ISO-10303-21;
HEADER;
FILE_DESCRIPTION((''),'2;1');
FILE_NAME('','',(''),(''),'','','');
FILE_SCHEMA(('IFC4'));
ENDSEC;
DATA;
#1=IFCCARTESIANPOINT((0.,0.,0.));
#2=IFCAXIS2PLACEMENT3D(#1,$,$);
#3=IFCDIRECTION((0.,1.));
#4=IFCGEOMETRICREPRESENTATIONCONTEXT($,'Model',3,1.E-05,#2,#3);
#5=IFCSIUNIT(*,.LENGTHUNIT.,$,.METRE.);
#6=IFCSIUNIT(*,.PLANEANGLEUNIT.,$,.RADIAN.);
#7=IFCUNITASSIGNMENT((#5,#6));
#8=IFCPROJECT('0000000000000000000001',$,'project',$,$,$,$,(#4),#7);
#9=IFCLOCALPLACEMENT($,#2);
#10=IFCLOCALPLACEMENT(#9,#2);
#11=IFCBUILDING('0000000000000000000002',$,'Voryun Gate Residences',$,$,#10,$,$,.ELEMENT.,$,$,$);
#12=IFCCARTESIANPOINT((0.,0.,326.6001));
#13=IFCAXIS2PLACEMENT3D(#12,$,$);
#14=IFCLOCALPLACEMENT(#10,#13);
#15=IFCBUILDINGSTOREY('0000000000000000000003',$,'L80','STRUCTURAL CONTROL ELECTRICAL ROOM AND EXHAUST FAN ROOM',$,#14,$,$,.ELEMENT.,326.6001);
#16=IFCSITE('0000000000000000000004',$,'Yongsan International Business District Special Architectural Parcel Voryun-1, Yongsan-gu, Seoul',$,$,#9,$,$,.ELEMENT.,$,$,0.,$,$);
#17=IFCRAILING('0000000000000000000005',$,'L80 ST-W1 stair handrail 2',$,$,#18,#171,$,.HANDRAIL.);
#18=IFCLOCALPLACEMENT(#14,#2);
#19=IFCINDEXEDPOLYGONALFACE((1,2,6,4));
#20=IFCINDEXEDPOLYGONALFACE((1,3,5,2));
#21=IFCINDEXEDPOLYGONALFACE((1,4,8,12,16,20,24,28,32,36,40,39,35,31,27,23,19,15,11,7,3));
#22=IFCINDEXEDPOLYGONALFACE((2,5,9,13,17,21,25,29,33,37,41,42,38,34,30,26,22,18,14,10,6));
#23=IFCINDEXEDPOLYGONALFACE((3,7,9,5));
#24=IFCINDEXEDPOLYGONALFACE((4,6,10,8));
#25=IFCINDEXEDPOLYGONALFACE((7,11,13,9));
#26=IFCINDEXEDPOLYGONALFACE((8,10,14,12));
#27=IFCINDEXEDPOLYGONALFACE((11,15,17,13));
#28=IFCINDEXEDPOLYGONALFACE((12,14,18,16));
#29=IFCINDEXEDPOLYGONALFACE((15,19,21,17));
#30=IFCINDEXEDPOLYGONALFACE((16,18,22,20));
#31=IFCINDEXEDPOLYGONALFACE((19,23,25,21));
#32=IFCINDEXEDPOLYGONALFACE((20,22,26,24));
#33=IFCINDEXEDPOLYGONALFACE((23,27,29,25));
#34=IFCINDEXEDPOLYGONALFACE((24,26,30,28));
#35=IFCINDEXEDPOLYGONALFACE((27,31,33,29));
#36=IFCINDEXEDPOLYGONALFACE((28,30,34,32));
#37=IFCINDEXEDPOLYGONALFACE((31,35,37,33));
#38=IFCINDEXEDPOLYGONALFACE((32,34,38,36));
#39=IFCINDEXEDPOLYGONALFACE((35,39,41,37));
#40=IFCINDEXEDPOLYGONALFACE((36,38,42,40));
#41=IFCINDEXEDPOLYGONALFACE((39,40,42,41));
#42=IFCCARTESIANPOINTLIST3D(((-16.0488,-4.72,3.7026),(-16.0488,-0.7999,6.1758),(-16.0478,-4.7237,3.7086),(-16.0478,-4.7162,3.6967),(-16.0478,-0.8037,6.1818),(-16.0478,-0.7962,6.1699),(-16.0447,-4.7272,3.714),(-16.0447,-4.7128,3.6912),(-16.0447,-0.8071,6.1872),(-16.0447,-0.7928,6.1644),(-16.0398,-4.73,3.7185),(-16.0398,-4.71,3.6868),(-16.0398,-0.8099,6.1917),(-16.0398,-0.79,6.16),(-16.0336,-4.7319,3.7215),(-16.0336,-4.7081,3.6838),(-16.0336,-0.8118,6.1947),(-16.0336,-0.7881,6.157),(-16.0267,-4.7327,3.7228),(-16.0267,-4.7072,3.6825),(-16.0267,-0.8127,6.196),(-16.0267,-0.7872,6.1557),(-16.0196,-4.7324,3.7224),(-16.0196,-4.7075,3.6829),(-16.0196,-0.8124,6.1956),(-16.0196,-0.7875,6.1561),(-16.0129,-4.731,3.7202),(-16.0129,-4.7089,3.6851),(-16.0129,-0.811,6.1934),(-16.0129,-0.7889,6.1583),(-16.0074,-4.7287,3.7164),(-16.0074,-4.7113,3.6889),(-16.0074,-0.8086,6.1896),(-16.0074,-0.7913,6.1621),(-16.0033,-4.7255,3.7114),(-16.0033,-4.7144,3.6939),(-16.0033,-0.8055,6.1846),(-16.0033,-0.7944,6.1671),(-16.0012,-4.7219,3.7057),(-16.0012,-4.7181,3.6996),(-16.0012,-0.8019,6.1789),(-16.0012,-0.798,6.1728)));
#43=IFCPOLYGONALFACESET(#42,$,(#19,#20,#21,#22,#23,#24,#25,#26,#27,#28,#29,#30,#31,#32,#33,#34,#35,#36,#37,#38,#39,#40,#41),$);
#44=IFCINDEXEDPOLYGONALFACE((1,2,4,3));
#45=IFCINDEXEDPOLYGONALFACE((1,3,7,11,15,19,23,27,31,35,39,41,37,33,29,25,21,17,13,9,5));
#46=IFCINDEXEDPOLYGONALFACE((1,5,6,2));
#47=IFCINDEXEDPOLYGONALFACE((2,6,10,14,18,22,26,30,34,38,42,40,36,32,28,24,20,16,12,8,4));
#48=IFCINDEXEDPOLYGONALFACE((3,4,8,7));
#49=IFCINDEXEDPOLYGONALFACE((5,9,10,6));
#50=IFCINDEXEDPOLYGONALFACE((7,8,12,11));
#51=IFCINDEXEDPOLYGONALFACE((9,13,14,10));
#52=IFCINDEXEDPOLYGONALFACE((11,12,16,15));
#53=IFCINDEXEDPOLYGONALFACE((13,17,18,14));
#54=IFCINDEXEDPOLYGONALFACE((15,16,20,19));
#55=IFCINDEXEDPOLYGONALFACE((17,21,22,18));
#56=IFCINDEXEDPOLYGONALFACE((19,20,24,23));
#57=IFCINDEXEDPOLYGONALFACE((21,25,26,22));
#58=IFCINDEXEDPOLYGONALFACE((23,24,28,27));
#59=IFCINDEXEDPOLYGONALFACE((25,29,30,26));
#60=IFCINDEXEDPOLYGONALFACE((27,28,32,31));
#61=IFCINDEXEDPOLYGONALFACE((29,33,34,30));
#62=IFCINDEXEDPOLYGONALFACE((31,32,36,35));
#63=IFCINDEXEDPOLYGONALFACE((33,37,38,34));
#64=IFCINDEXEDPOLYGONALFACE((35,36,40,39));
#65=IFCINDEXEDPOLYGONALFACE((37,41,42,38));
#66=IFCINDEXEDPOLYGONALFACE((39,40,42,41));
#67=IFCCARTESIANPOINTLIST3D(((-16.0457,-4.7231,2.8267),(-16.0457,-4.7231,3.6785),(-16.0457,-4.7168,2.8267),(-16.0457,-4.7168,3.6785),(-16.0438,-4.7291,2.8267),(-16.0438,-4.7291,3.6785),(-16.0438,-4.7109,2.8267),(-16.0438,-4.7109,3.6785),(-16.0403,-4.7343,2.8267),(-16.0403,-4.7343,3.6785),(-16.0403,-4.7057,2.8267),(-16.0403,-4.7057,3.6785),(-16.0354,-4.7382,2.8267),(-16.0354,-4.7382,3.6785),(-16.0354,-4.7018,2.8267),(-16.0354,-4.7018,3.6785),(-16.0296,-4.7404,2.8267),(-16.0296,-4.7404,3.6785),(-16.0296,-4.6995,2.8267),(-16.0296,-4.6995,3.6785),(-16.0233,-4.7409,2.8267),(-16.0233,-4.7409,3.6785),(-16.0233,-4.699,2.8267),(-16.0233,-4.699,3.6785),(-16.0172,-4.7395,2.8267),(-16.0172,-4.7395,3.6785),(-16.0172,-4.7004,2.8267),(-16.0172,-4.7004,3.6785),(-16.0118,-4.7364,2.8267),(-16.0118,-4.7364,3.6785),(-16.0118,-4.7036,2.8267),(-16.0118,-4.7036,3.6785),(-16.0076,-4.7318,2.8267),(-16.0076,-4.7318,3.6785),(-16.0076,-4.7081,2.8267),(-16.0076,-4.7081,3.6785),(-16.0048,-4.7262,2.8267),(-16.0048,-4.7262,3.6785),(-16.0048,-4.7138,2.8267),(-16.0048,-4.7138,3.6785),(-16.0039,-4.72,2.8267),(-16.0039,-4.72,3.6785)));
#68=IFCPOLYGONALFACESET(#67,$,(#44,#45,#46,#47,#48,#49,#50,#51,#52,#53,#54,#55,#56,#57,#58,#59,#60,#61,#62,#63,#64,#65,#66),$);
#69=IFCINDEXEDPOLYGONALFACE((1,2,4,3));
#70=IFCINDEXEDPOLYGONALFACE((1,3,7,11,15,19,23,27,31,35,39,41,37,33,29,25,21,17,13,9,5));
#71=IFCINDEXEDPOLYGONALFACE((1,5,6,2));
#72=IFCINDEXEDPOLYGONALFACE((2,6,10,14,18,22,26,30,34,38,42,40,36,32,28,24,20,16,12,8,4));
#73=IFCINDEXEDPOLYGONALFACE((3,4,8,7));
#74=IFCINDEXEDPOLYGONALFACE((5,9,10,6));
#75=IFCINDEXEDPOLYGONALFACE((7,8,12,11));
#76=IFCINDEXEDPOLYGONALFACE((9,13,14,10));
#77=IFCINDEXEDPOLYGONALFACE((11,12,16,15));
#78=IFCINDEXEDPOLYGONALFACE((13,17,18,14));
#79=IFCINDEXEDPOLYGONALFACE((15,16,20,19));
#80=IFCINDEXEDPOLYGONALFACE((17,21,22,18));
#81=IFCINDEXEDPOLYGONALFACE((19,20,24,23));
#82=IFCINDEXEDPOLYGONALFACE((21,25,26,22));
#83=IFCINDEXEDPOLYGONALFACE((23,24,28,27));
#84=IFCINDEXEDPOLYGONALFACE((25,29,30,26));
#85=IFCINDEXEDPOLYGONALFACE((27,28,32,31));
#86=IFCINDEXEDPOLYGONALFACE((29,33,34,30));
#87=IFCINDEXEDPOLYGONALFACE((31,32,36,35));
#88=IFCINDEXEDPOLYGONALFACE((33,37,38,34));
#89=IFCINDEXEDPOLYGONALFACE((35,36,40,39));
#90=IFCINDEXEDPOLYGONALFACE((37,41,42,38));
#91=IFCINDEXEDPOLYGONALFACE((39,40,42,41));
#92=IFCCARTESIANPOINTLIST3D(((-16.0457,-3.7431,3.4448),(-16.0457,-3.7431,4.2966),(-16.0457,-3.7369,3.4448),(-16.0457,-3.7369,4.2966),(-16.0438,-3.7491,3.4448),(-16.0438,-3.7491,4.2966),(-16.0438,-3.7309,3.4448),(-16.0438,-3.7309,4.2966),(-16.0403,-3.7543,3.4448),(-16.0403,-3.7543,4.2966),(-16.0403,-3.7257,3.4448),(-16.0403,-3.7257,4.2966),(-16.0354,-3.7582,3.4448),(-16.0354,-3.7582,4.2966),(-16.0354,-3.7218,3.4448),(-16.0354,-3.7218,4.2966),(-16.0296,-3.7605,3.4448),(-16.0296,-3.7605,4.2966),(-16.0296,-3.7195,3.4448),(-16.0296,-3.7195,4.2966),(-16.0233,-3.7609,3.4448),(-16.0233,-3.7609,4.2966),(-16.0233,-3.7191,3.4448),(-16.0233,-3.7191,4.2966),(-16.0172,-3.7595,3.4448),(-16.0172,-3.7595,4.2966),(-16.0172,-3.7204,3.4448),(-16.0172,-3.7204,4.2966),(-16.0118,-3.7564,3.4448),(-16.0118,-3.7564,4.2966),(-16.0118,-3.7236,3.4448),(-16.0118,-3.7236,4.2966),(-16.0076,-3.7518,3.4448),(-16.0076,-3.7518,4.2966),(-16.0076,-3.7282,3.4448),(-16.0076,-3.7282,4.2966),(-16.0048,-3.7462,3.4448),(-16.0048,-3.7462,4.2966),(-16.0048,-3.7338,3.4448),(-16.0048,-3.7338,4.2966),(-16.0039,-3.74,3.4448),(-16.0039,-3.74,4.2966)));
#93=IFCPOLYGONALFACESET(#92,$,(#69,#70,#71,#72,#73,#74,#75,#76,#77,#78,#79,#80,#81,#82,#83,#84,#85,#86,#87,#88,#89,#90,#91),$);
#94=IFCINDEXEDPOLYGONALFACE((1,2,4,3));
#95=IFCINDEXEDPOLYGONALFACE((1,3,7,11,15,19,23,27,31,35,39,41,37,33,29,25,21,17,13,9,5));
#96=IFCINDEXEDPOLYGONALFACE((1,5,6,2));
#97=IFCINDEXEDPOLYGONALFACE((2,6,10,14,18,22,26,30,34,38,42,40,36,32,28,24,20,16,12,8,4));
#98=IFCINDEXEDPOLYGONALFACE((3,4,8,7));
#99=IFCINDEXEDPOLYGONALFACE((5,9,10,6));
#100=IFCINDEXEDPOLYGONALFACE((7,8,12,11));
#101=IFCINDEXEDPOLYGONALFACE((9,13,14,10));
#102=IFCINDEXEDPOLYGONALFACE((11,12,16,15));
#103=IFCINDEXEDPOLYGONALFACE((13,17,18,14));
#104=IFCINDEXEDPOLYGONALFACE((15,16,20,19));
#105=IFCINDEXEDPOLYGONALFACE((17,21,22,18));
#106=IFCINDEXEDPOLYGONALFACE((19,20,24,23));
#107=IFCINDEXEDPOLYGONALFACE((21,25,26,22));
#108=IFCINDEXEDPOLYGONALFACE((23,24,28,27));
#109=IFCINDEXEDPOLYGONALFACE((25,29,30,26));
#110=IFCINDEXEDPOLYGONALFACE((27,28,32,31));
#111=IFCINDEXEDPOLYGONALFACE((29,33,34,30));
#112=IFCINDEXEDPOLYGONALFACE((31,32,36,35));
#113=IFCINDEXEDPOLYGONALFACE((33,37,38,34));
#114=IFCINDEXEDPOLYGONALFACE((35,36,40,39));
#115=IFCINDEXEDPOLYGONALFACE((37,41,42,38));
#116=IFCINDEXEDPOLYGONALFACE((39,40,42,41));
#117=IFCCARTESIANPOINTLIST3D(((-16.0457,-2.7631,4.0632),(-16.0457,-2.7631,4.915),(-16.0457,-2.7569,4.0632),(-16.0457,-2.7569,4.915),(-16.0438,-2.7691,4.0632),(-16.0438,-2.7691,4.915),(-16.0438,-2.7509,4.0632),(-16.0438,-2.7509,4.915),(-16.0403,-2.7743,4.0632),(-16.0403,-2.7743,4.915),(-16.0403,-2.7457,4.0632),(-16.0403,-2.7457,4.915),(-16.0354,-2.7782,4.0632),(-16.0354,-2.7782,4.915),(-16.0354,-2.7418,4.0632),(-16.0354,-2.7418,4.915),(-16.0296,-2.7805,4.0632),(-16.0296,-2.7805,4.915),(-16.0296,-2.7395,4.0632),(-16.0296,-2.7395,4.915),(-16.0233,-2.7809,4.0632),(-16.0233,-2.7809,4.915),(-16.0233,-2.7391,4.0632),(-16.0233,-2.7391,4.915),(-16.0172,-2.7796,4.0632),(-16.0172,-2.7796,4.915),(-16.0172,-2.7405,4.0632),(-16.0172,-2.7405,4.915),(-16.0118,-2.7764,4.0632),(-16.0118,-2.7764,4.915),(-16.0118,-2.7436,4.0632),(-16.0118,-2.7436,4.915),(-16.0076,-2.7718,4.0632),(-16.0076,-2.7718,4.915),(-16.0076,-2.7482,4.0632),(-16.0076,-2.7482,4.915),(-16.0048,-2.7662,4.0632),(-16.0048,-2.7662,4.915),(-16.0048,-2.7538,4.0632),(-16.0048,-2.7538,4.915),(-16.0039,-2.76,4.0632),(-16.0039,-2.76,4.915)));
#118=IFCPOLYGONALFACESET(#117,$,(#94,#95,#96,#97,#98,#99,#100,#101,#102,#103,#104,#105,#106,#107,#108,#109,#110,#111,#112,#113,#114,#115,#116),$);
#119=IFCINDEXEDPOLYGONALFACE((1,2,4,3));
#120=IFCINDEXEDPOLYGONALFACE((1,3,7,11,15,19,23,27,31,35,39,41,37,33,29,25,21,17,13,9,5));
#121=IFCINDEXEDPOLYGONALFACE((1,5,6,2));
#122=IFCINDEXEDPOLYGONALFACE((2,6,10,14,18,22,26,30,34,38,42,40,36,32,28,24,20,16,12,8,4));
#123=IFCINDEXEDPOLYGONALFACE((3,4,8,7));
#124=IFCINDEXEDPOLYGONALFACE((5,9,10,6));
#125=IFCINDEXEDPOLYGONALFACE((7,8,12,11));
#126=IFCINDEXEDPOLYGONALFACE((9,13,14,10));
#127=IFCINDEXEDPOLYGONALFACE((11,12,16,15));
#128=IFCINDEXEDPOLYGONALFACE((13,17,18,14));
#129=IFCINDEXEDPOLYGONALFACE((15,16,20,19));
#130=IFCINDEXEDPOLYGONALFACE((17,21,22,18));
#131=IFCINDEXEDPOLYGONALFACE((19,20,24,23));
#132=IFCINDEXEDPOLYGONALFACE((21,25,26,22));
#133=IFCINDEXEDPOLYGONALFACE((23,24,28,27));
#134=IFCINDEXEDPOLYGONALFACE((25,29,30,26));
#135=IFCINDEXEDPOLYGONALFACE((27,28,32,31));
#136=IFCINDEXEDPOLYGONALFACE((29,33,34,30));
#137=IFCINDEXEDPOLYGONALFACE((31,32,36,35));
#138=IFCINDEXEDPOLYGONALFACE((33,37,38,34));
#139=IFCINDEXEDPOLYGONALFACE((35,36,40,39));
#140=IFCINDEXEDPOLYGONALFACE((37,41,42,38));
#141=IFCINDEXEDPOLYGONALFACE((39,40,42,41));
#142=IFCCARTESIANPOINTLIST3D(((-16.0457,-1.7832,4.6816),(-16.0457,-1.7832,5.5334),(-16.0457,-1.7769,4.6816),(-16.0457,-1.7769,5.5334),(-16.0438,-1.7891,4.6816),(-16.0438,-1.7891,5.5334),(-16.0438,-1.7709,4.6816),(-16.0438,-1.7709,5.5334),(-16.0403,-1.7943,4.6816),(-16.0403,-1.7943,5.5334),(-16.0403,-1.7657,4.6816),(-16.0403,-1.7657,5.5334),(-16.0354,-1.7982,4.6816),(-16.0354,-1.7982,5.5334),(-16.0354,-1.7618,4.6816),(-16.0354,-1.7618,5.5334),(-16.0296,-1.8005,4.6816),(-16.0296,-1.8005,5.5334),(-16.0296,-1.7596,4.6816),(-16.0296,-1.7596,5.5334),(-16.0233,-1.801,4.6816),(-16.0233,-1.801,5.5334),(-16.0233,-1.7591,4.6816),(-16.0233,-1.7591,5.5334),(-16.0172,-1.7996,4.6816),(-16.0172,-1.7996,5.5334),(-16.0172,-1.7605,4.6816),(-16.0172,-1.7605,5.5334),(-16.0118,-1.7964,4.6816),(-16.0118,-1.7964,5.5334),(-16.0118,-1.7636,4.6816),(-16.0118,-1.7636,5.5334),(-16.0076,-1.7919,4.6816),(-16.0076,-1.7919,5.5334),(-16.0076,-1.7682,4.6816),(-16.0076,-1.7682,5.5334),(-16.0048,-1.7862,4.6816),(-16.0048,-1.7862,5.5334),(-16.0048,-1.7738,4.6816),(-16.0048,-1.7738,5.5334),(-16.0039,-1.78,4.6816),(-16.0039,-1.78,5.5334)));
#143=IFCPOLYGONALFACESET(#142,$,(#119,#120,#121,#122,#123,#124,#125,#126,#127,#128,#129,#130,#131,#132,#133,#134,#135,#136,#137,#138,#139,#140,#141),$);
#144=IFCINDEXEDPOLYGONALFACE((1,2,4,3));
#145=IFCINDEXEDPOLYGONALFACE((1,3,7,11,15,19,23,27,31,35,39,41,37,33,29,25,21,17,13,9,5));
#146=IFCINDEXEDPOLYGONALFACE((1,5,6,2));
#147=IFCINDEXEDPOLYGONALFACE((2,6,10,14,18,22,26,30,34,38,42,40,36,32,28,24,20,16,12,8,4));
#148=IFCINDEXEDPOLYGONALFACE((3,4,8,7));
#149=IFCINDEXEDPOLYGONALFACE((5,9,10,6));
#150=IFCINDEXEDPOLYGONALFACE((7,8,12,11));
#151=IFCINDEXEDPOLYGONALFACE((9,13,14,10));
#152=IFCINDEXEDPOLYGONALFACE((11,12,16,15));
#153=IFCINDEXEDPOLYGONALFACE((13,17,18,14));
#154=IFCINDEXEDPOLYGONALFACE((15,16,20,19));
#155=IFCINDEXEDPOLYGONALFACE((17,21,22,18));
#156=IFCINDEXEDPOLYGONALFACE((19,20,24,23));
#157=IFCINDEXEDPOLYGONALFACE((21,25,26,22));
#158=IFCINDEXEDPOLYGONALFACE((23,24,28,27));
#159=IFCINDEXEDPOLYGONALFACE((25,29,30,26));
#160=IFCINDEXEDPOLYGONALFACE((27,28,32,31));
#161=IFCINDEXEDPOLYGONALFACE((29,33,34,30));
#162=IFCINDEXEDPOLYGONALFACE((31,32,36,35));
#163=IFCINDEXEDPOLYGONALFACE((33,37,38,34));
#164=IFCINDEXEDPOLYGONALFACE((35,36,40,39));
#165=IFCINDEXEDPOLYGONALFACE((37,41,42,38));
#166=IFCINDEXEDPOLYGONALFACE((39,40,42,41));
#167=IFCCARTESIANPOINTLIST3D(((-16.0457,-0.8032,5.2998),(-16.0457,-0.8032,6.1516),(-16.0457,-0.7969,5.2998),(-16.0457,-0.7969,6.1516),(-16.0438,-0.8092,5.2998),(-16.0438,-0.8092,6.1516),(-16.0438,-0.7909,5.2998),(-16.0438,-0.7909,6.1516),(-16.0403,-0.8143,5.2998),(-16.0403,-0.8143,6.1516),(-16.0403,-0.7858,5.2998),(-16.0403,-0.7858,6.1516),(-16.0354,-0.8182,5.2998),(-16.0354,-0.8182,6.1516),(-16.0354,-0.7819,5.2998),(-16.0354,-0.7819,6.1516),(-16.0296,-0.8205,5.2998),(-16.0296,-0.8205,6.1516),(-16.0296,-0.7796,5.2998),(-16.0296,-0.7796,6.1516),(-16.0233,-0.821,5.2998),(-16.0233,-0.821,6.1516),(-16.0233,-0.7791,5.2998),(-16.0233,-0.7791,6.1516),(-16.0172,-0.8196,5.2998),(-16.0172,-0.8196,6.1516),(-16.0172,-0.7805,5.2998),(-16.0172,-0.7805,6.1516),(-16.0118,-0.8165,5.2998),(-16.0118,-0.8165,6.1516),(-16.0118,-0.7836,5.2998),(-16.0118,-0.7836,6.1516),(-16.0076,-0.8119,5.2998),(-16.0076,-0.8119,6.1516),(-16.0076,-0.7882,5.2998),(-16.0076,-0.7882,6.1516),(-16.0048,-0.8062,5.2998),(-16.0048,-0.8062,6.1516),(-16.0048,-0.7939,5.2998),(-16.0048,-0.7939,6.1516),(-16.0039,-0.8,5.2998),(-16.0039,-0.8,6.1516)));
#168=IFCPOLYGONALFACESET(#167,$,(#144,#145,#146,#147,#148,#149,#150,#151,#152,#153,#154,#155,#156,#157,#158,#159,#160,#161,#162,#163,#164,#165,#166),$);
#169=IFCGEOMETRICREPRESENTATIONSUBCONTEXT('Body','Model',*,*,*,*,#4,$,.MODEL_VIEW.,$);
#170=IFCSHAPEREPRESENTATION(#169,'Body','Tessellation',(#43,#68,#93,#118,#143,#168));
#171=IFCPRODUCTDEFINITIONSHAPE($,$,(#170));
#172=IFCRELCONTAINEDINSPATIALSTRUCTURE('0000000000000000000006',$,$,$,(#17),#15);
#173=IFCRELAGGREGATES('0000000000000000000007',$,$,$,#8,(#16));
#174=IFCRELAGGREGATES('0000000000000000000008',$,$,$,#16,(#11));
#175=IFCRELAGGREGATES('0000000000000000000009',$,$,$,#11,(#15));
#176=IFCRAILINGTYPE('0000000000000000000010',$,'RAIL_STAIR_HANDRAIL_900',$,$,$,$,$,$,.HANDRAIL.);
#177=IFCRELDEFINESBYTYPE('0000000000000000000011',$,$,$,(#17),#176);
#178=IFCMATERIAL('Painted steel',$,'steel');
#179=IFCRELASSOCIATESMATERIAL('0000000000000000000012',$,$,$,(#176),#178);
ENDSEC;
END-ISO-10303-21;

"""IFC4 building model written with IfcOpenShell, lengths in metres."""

from ifc_helpers import new_model, si_unit, direction, frame, origin, origin_2d, place, context, subcontext, project, spatial, circle, extrude, material, type_object, element, save


model = new_model("IFC4")

# Units and contexts
model_context = context("Model", 3, precision=1e-05, world=origin(), true_north=direction((0.0, 1.0)))
body_context = subcontext(model_context, "Body", "Model", "MODEL_VIEW")
ifc_project = project(units=[si_unit("LENGTHUNIT", "METRE"), si_unit("PLANEANGLEUNIT", "RADIAN")], contexts=[model_context])

# Site, building, storey
site_placement = place(None, origin())
site = spatial("IfcSite", under=ifc_project, at=site_placement, Name="Yongsan International Business District Special Architectural Parcel Voryun-1, Yongsan-gu, Seoul", CompositionType="ELEMENT", RefElevation=0.0)
building_placement = place(site_placement, origin())
building = spatial("IfcBuilding", under=site, at=building_placement, Name="Voryun Gate Residences", CompositionType="ELEMENT")
storey_placement = place(building_placement, frame((0.0, 0.0, 326.6001)))
storey = spatial("IfcBuildingStorey", under=building, at=storey_placement, Name="L80", Description="STRUCTURAL CONTROL ELECTRICAL ROOM AND EXHAUST FAN ROOM", CompositionType="ELEMENT", Elevation=326.6001)

# Railing
ifc_material_1 = material(Name="Painted steel", Category="steel")
railing_type_1 = type_object("IfcRailingType", Name="RAIL_STAIR_HANDRAIL_900", PredefinedType="HANDRAIL", material=ifc_material_1)
railing_1_placement = place(storey_placement, frame((-16.0249, -4.72, 2.8267)))
element("IfcRailing", 1, at=railing_1_placement, inside=storey, type_object=railing_type_1, Name="L80 ST-W1 stair handrail 2", PredefinedType="HANDRAIL", context=body_context, shape_type="SweptSolid", body=[
    extrude(circle(Radius=0.0239, at=origin_2d()), frame((0.0, 0.0, 0.876), z_axis=(0.0, 0.845742, 0.533593), x_axis=(-1.0, 0.0, 0.0)), (0.0, 0.0, 1.0), 4.635),
    extrude(circle(Radius=0.021, at=origin_2d()), origin(), (0.0, 0.0, 1.0), 0.8518),
    extrude(circle(Radius=0.021, at=origin_2d()), frame((0.0, 0.98, 0.6182)), (0.0, 0.0, 1.0), 0.8518),
    extrude(circle(Radius=0.021, at=origin_2d()), frame((0.0, 1.96, 1.2366)), (0.0, 0.0, 1.0), 0.8518),
    extrude(circle(Radius=0.021, at=origin_2d()), frame((0.0, 2.9399, 1.855)), (0.0, 0.0, 1.0), 0.8518),
    extrude(circle(Radius=0.021, at=origin_2d()), frame((0.0, 3.9199, 2.4731)), (0.0, 0.0, 1.0), 0.8518),
])

save(model, "model.ifc")
